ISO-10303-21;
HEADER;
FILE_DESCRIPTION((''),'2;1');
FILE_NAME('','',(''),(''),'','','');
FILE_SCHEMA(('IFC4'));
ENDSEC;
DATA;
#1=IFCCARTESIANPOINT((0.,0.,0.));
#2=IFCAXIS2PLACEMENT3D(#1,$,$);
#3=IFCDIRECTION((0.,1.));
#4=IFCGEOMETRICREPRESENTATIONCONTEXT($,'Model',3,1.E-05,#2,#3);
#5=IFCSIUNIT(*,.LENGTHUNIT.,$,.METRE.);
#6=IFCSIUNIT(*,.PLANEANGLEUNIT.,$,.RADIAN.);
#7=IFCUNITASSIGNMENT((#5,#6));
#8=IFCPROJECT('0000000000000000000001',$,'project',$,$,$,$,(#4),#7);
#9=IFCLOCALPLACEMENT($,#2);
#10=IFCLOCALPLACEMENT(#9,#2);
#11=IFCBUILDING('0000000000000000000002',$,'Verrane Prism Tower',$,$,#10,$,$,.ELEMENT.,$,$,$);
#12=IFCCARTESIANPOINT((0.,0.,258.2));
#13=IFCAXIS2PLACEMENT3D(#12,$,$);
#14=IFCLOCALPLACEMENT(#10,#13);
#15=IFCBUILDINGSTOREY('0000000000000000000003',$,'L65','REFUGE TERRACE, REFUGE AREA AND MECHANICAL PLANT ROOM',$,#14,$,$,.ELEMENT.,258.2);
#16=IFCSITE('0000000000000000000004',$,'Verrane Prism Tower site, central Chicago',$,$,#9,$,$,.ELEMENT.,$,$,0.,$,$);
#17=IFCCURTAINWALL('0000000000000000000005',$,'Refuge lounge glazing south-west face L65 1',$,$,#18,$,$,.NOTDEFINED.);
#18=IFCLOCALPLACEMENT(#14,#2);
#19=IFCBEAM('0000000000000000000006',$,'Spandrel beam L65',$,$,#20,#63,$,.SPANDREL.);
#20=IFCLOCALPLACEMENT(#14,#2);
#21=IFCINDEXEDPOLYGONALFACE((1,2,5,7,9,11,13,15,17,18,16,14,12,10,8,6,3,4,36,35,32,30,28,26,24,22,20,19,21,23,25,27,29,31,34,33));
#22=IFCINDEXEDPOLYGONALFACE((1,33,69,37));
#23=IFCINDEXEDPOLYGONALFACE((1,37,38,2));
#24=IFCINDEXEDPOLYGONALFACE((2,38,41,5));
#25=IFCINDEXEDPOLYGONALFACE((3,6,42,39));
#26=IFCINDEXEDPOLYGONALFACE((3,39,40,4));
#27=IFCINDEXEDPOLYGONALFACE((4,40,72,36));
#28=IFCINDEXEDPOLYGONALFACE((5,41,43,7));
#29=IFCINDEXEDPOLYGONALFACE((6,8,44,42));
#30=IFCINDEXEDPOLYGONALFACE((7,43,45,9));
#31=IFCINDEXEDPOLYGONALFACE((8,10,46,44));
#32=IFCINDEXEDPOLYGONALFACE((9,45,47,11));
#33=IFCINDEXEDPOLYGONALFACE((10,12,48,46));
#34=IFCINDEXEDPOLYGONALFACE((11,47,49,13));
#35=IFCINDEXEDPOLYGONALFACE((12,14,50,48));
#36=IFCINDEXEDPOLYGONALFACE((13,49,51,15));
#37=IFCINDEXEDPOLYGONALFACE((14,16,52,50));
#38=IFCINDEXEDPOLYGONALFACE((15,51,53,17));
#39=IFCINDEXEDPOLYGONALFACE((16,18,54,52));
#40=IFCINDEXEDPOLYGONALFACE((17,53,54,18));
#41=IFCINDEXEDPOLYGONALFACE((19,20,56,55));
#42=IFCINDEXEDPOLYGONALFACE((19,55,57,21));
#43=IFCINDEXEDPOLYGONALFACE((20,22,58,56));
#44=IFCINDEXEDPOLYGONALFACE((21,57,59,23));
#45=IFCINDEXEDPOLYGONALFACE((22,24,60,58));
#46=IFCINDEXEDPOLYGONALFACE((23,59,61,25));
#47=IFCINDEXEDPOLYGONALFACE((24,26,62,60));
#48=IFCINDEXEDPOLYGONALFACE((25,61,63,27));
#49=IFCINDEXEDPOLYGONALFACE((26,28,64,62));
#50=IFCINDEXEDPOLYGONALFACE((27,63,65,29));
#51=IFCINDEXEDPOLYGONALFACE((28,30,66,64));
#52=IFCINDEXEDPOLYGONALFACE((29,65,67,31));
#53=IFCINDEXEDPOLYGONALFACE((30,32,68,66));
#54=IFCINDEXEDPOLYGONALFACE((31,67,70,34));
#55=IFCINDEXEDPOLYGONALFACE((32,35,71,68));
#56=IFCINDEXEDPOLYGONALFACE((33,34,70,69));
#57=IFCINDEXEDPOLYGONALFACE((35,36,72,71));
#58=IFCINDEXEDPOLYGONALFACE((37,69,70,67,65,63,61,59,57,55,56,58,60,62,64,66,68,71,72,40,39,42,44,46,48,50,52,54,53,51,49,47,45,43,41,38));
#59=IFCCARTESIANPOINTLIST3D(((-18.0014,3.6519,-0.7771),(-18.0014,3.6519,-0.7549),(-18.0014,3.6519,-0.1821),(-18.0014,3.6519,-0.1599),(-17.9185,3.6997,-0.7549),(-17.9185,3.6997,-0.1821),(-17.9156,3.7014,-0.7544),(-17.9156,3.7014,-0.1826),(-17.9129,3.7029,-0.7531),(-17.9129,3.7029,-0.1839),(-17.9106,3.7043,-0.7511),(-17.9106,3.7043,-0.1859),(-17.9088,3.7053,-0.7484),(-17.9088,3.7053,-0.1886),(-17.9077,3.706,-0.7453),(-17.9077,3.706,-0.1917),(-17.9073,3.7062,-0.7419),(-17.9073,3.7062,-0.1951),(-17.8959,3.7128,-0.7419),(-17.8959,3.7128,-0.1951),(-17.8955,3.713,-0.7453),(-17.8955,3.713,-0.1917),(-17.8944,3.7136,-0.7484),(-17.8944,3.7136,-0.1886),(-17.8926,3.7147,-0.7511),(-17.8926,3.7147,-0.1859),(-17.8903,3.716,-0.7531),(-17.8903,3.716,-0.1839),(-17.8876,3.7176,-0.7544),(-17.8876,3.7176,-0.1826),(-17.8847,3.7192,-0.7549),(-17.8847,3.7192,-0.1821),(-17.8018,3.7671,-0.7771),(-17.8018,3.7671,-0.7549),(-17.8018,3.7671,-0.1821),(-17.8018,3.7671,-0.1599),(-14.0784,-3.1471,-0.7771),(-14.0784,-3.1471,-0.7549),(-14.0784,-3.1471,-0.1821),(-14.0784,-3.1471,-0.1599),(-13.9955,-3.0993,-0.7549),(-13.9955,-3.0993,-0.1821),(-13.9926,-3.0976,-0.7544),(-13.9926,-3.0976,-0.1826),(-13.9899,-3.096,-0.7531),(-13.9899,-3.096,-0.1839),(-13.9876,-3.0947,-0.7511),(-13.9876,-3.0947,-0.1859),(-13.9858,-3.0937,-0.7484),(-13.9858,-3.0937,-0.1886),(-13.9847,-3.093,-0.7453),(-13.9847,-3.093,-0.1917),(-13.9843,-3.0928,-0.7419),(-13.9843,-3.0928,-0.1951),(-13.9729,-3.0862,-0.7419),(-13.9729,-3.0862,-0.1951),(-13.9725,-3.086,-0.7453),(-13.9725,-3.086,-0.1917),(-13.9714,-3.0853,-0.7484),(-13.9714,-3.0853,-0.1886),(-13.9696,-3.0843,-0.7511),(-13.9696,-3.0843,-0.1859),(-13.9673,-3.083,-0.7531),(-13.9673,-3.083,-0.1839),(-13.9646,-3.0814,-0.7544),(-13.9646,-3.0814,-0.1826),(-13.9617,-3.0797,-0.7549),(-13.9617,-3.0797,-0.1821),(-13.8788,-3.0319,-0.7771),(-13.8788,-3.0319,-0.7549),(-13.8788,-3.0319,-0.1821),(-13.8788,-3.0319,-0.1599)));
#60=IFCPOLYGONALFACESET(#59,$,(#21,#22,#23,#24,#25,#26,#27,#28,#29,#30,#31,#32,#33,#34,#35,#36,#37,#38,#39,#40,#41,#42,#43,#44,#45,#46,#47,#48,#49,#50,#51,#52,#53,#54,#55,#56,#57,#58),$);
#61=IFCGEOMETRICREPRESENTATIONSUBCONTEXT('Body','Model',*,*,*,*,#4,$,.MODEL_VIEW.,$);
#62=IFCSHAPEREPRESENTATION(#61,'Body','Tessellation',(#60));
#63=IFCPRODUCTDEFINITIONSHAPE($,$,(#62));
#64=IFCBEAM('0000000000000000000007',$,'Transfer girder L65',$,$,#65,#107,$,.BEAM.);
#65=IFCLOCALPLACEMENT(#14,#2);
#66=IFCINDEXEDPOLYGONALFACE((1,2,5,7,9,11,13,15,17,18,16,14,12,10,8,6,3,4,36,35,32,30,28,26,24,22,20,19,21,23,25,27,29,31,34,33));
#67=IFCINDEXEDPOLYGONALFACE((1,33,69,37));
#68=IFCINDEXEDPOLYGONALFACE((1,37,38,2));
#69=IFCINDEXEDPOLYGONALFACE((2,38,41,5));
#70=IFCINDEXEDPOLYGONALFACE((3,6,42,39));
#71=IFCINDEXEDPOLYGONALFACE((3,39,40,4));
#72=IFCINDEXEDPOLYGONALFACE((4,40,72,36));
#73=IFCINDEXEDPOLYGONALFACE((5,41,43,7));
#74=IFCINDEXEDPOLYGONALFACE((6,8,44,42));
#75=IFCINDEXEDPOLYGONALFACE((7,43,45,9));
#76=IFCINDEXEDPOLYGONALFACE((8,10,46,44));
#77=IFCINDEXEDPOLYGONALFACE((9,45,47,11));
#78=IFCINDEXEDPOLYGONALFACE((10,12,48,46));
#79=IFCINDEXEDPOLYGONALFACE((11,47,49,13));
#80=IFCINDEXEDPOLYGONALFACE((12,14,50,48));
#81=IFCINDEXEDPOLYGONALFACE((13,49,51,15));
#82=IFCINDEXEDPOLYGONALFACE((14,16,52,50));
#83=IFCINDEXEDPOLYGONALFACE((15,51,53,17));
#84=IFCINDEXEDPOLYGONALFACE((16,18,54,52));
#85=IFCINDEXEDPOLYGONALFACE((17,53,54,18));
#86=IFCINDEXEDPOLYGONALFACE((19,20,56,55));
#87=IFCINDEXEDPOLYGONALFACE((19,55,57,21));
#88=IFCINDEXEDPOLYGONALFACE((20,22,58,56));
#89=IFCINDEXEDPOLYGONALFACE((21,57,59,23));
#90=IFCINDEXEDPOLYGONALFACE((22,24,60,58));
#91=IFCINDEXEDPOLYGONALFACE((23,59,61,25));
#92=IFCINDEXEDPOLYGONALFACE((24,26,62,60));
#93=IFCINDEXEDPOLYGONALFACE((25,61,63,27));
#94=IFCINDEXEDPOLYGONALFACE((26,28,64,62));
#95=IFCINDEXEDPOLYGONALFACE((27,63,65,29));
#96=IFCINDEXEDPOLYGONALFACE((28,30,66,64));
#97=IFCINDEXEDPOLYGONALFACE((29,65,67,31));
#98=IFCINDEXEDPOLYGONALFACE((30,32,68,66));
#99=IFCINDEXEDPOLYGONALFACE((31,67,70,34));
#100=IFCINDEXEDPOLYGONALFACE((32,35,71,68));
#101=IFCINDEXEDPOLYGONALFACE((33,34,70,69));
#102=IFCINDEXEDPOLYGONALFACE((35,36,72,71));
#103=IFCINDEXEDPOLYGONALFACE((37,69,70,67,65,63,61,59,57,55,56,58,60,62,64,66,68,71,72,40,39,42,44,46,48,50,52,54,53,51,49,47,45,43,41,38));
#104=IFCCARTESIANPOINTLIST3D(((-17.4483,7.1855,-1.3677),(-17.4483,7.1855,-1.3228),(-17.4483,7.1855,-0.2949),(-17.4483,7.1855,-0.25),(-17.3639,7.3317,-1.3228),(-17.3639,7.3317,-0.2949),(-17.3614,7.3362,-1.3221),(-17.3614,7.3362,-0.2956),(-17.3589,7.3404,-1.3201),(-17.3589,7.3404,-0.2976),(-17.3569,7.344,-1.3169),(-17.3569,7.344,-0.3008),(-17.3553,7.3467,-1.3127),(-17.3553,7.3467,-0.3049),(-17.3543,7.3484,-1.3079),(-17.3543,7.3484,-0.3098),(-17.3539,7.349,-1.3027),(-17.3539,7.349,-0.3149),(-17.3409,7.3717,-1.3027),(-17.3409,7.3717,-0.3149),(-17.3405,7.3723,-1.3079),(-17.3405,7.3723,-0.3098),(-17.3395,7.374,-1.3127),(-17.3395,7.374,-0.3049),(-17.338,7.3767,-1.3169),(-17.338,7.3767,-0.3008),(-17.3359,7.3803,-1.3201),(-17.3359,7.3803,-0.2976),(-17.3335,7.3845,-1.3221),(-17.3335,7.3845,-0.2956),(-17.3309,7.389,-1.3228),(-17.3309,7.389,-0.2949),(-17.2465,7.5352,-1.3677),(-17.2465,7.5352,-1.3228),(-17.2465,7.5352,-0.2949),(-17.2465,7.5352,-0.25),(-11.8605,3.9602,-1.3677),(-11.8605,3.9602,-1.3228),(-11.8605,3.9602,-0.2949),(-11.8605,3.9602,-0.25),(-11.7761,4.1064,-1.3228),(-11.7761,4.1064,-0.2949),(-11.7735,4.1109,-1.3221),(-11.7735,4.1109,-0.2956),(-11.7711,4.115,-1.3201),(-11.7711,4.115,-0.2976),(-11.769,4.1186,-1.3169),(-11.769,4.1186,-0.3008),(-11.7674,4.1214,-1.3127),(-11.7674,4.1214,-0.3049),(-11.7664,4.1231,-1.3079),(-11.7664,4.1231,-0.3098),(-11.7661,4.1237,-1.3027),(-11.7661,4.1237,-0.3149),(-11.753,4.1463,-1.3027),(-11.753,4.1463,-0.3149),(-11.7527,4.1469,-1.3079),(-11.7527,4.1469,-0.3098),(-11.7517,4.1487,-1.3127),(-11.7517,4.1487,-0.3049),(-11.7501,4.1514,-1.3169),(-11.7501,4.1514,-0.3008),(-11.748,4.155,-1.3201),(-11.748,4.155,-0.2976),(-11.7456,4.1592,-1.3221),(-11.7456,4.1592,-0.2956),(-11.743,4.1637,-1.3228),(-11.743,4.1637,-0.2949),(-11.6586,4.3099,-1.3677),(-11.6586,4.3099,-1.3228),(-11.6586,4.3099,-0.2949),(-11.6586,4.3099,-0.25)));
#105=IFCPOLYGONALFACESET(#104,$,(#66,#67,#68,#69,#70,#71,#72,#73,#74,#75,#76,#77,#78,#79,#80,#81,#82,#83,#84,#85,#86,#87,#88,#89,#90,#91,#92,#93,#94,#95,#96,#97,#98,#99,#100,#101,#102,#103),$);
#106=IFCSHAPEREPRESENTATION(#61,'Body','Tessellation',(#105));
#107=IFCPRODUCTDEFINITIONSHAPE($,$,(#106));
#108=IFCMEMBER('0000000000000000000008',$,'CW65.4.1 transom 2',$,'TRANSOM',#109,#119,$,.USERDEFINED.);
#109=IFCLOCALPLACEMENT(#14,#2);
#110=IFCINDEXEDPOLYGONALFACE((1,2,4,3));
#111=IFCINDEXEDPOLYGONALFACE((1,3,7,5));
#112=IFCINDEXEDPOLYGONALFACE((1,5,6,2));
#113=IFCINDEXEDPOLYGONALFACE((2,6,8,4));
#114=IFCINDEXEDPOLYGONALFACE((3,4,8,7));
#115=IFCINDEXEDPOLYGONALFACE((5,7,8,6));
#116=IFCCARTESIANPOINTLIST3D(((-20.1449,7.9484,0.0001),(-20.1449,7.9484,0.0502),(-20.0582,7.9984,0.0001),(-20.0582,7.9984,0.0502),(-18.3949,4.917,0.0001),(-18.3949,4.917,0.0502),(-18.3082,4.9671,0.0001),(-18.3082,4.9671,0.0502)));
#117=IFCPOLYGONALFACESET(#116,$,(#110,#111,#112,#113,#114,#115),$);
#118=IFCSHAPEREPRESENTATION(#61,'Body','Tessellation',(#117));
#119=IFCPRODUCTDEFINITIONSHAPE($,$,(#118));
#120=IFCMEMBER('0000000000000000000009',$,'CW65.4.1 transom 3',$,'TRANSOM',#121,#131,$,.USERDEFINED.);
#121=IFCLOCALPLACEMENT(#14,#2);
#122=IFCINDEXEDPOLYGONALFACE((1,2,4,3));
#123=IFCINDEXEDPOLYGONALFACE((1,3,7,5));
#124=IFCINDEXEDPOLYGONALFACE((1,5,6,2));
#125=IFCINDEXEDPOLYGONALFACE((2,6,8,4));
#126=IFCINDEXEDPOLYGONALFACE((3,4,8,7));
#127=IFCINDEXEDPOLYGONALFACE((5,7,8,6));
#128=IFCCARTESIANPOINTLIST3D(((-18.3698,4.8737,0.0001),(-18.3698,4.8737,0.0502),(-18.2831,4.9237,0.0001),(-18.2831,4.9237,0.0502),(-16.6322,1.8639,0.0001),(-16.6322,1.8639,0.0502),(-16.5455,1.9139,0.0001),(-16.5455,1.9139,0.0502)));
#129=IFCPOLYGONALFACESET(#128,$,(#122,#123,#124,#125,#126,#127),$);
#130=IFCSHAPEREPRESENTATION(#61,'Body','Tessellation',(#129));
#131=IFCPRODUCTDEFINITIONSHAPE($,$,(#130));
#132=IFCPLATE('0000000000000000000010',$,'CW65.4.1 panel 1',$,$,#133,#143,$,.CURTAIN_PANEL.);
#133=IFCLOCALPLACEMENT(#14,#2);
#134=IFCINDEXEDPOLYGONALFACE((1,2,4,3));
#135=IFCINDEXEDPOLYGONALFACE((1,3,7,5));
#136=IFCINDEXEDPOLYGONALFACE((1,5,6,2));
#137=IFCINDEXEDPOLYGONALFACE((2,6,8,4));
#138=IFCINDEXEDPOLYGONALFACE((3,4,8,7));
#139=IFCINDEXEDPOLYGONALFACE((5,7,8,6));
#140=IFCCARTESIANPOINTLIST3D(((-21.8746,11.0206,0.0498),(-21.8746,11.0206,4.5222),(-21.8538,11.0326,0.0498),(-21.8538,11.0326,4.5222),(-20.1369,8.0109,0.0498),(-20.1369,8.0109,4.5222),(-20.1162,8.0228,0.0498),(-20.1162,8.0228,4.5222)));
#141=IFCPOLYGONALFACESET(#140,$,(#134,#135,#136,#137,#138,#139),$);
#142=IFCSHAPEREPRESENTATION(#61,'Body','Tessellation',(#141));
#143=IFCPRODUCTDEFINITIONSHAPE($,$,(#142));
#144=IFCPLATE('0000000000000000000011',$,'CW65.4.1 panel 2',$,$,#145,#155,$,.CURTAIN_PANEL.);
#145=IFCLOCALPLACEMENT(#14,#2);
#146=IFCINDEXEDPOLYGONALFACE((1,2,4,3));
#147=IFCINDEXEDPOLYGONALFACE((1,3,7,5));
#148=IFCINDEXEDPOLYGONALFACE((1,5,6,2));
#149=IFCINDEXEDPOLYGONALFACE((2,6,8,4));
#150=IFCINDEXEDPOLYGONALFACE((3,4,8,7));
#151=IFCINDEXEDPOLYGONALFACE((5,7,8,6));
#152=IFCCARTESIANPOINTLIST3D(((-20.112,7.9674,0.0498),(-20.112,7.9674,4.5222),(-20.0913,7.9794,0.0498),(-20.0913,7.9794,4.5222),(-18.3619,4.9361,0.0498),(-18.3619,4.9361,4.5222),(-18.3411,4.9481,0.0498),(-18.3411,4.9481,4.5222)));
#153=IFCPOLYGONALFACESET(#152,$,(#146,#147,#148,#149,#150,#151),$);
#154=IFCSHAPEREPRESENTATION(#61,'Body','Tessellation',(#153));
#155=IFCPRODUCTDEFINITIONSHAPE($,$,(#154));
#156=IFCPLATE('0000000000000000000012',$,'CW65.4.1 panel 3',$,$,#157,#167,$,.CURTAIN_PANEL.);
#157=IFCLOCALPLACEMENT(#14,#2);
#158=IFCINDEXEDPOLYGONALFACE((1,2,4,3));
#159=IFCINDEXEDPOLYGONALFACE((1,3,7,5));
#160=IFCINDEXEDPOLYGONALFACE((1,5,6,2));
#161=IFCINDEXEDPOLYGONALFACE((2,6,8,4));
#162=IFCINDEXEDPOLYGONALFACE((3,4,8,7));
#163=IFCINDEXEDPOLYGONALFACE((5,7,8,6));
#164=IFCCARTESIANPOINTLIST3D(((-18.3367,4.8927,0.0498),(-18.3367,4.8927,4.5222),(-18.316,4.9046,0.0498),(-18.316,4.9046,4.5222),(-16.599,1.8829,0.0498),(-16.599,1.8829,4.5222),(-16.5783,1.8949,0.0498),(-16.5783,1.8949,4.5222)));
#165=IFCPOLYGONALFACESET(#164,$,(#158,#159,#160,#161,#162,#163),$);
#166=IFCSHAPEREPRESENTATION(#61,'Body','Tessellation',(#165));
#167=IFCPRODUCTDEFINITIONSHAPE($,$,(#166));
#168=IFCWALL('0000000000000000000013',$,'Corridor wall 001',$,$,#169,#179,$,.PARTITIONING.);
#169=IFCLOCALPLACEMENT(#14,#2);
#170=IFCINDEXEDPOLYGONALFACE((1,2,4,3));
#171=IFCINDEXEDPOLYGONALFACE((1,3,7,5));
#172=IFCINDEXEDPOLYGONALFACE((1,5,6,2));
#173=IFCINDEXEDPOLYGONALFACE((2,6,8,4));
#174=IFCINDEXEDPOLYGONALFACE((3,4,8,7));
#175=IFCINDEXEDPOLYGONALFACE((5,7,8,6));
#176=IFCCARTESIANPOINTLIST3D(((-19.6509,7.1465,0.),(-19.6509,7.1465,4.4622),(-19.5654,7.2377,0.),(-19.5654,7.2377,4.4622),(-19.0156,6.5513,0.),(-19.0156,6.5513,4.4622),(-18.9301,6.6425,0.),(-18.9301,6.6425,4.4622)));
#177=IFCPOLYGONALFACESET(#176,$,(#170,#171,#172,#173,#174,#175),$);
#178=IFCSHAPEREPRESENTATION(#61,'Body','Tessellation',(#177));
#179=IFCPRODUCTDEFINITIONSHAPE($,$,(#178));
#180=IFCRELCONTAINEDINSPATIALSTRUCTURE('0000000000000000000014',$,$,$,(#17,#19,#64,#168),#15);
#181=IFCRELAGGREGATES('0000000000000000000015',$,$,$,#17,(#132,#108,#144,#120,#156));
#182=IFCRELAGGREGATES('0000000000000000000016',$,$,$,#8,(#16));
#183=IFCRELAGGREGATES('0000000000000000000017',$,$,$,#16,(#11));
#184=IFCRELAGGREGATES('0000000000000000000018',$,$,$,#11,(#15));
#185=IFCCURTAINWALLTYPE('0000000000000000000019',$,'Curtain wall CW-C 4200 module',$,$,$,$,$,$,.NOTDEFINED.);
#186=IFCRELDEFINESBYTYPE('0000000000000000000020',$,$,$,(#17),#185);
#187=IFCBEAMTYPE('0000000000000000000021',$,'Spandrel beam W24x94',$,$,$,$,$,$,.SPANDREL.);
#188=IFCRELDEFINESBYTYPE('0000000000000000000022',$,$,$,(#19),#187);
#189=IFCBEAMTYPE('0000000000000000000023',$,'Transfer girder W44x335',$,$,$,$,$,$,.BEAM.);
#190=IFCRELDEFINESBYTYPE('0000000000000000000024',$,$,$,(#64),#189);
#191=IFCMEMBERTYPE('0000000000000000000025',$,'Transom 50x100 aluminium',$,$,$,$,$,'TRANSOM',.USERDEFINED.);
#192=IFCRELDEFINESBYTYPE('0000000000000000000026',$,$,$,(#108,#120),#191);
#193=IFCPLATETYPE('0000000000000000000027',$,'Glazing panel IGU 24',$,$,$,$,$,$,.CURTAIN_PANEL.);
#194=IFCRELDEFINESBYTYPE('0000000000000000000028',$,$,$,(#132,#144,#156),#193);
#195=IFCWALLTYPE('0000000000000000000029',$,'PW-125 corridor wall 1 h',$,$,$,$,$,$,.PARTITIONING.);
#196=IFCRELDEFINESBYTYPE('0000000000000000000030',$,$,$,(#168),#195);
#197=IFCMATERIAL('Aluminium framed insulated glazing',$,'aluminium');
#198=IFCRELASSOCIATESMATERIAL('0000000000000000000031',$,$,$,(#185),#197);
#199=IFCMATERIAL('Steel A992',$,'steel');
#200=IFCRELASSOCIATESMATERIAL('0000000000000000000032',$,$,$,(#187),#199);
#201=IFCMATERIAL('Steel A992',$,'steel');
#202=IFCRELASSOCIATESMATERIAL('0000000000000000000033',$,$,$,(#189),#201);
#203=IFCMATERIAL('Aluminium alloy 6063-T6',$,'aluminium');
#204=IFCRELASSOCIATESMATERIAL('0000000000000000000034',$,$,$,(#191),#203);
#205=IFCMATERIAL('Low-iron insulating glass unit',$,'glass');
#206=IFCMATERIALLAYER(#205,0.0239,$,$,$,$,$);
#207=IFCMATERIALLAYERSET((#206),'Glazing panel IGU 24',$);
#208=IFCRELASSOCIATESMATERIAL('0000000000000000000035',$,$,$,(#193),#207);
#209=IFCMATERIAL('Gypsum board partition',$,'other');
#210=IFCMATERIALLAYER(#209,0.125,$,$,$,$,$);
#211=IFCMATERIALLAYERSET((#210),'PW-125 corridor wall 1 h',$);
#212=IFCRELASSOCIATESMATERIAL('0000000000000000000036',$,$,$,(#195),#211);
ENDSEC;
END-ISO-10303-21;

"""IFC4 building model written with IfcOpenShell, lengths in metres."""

from ifc_helpers import new_model, si_unit, direction, frame, frame_2d, origin, origin_2d, place, context, subcontext, project, spatial, rectangle, i_section, extrude, material, layer, layer_set, material_profile, profile_set, type_object, element, aggregate, save


model = new_model("IFC4")

# Units and contexts
model_context = context("Model", 3, precision=1e-05, world=origin(), true_north=direction((0.0, 1.0)))
body_context = subcontext(model_context, "Body", "Model", "MODEL_VIEW")
ifc_project = project(units=[si_unit("LENGTHUNIT", "METRE"), si_unit("PLANEANGLEUNIT", "RADIAN")], contexts=[model_context])

# Site, building, storey
site_placement = place(None, origin())
site = spatial("IfcSite", under=ifc_project, at=site_placement, Name="Verrane Prism Tower site, central Chicago", CompositionType="ELEMENT", RefElevation=0.0)
building_placement = place(site_placement, origin())
building = spatial("IfcBuilding", under=site, at=building_placement, Name="Verrane Prism Tower", CompositionType="ELEMENT")
storey_placement = place(building_placement, frame((0.0, 0.0, 258.2)))
storey = spatial("IfcBuildingStorey", under=building, at=storey_placement, Name="L65", Description="REFUGE TERRACE, REFUGE AREA AND MECHANICAL PLANT ROOM", CompositionType="ELEMENT", Elevation=258.2)

# Curtain wall
ifc_material_1 = material(Name="Aluminium framed insulated glazing", Category="aluminium")
curtain_wall_type = type_object("IfcCurtainWallType", Name="Curtain wall CW-C 4200 module", PredefinedType="NOTDEFINED", material=ifc_material_1)
curtain_wall_placement = place(storey_placement, origin())
curtain_wall = element("IfcCurtainWall", 1, at=curtain_wall_placement, inside=storey, type_object=curtain_wall_type, Name="Refuge lounge glazing south-west face L65 1", PredefinedType="NOTDEFINED")

# Beams
ifc_material_2 = material(Name="Steel A992", Category="steel")
ifc_material_profile_1 = material_profile(ifc_material_2, i_section(OverallWidth=0.2305, OverallDepth=0.6172, WebThickness=0.0132, FlangeThickness=0.0222, FilletRadius=0.0129, at=origin_2d()), Name="W24x94")
ifc_profile_set_1 = profile_set([ifc_material_profile_1], Name="Steel A992")
beam_type_1 = type_object("IfcBeamType", Name="Spandrel beam W24x94", PredefinedType="SPANDREL", material=ifc_profile_set_1)
beam_1_placement = place(storey_placement, frame((-17.9016, 3.7095, -0.4685), z_axis=(0.499775, -0.866155, 0.0), x_axis=(0.866155, 0.499775, 0.0)))
element("IfcBeam", 2, at=beam_1_placement, inside=storey, type_object=beam_type_1, Name="Spandrel beam L65", PredefinedType="SPANDREL", context=body_context, shape_type="SweptSolid", body=[
    extrude(i_section(OverallWidth=0.2305, OverallDepth=0.6172, WebThickness=0.0132, FlangeThickness=0.0222, FilletRadius=0.0129, at=origin_2d()), origin(), (0.0, 0.0, 1.0), 7.8496),
])
ifc_material_3 = material(Name="Steel A992", Category="steel")
ifc_material_profile_2 = material_profile(ifc_material_3, i_section(OverallWidth=0.4038, OverallDepth=1.1177, WebThickness=0.0261, FlangeThickness=0.0449, FilletRadius=0.02, at=origin_2d()), Name="W44x335")
ifc_profile_set_2 = profile_set([ifc_material_profile_2], Name="Steel A992")
beam_type_2 = type_object("IfcBeamType", Name="Transfer girder W44x335", PredefinedType="BEAM", material=ifc_profile_set_2)
beam_2_placement = place(storey_placement, frame((-17.3474, 7.3604, -0.8088), z_axis=(0.866081, -0.499904, 0.0), x_axis=(0.499904, 0.866081, 0.0)))
element("IfcBeam", 3, at=beam_2_placement, inside=storey, type_object=beam_type_2, Name="Transfer girder L65", PredefinedType="BEAM", context=body_context, shape_type="SweptSolid", body=[
    extrude(i_section(OverallWidth=0.4038, OverallDepth=1.1177, WebThickness=0.0261, FlangeThickness=0.0449, FilletRadius=0.02, at=origin_2d()), origin(), (0.0, 0.0, 1.0), 6.4519),
])

# Members
ifc_material_4 = material(Name="Aluminium alloy 6063-T6", Category="aluminium")
ifc_material_profile_3 = material_profile(ifc_material_4, rectangle(XDim=0.1001, YDim=0.05, at=origin_2d()), Name="Transom 50x100 aluminium")
ifc_profile_set_3 = profile_set([ifc_material_profile_3], Name="Aluminium alloy 6063-T6")
member_type_1 = type_object("IfcMemberType", Name="Transom 50x100 aluminium", ElementType="TRANSOM", PredefinedType="USERDEFINED", material=ifc_profile_set_3)
member_1_placement = place(storey_placement, frame((-20.1016, 7.9734, 0.0251), z_axis=(0.49998, -0.866037, 0.0), x_axis=(0.866037, 0.49998, 0.0)))
member_1 = element("IfcMember", 4, at=member_1_placement, type_object=member_type_1, Name="CW65.4.1 transom 2", ObjectType="TRANSOM", PredefinedType="USERDEFINED", context=body_context, shape_type="SweptSolid", body=[
    extrude(rectangle(XDim=0.1001, YDim=0.05, at=origin_2d()), origin(), (0.0, 0.0, 1.0), 3.5002),
])
member_2_placement = place(storey_placement, frame((-18.3264, 4.8987, 0.0251), z_axis=(0.49997, -0.866043, 0.0), x_axis=(0.866043, 0.49997, 0.0)))
member_2 = element("IfcMember", 5, at=member_2_placement, type_object=member_type_1, Name="CW65.4.1 transom 3", ObjectType="TRANSOM", PredefinedType="USERDEFINED", context=body_context, shape_type="SweptSolid", body=[
    extrude(rectangle(XDim=0.1001, YDim=0.05, at=origin_2d()), origin(), (0.0, 0.0, 1.0), 3.4753),
])

# Plates
ifc_material_5 = material(Name="Low-iron insulating glass unit", Category="glass")
ifc_layer_1 = layer(ifc_material_5, 0.0239)
ifc_layer_set_1 = layer_set([ifc_layer_1], Name="Glazing panel IGU 24")
plate_type = type_object("IfcPlateType", Name="Glazing panel IGU 24", PredefinedType="CURTAIN_PANEL", material=ifc_layer_set_1)
plate_1_placement = place(storey_placement, frame((-20.9954, 9.5217, 0.0498), z_axis=(0.0, 0.0, 1.0), x_axis=(0.499997, -0.866027, 0.0)))
plate_1 = element("IfcPlate", 6, at=plate_1_placement, type_object=plate_type, Name="CW65.4.1 panel 1", PredefinedType="CURTAIN_PANEL", context=body_context, shape_type="SweptSolid", body=[
    extrude(rectangle(XDim=3.4753, YDim=0.0239, at=origin_2d()), origin(), (0.0, 0.0, 1.0), 4.4724),
])
plate_2_placement = place(storey_placement, frame((-19.2266, 6.4578, 0.0498), z_axis=(0.0, 0.0, 1.0), x_axis=(0.499997, -0.866027, 0.0)))
plate_2 = element("IfcPlate", 7, at=plate_2_placement, type_object=plate_type, Name="CW65.4.1 panel 2", PredefinedType="CURTAIN_PANEL", context=body_context, shape_type="SweptSolid", body=[
    extrude(rectangle(XDim=3.5002, YDim=0.0239, at=origin_2d()), origin(), (0.0, 0.0, 1.0), 4.4724),
])
plate_3_placement = place(storey_placement, frame((-17.4575, 3.3938, 0.0498), z_axis=(0.0, 0.0, 1.0), x_axis=(0.499997, -0.866027, 0.0)))
plate_3 = element("IfcPlate", 8, at=plate_3_placement, type_object=plate_type, Name="CW65.4.1 panel 3", PredefinedType="CURTAIN_PANEL", context=body_context, shape_type="SweptSolid", body=[
    extrude(rectangle(XDim=3.4753, YDim=0.0239, at=origin_2d()), origin(), (0.0, 0.0, 1.0), 4.4724),
])
aggregate(curtain_wall, [plate_1, member_1, plate_2, member_2, plate_3])

# Wall
ifc_material_6 = material(Name="Gypsum board partition", Category="other")
ifc_layer_2 = layer(ifc_material_6, 0.125)
ifc_layer_set_2 = layer_set([ifc_layer_2], Name="PW-125 corridor wall 1 h")
wall_type = type_object("IfcWallType", Name="PW-125 corridor wall 1 h", PredefinedType="PARTITIONING", material=ifc_layer_set_2)
wall_1_placement = place(storey_placement, frame((-19.6082, 7.1921, 0.0), z_axis=(0.0, 0.0, 1.0), x_axis=(0.72973, -0.683736, 0.0)))
element("IfcWall", 9, at=wall_1_placement, inside=storey, type_object=wall_type, Name="Corridor wall 001", PredefinedType="PARTITIONING", context=body_context, shape_type="SweptSolid", body=[
    extrude(rectangle(XDim=0.8706, YDim=0.125, at=frame_2d((0.4353, 0.0))), origin(), (0.0, 0.0, 1.0), 4.4622),
])

save(model, "model.ifc")
